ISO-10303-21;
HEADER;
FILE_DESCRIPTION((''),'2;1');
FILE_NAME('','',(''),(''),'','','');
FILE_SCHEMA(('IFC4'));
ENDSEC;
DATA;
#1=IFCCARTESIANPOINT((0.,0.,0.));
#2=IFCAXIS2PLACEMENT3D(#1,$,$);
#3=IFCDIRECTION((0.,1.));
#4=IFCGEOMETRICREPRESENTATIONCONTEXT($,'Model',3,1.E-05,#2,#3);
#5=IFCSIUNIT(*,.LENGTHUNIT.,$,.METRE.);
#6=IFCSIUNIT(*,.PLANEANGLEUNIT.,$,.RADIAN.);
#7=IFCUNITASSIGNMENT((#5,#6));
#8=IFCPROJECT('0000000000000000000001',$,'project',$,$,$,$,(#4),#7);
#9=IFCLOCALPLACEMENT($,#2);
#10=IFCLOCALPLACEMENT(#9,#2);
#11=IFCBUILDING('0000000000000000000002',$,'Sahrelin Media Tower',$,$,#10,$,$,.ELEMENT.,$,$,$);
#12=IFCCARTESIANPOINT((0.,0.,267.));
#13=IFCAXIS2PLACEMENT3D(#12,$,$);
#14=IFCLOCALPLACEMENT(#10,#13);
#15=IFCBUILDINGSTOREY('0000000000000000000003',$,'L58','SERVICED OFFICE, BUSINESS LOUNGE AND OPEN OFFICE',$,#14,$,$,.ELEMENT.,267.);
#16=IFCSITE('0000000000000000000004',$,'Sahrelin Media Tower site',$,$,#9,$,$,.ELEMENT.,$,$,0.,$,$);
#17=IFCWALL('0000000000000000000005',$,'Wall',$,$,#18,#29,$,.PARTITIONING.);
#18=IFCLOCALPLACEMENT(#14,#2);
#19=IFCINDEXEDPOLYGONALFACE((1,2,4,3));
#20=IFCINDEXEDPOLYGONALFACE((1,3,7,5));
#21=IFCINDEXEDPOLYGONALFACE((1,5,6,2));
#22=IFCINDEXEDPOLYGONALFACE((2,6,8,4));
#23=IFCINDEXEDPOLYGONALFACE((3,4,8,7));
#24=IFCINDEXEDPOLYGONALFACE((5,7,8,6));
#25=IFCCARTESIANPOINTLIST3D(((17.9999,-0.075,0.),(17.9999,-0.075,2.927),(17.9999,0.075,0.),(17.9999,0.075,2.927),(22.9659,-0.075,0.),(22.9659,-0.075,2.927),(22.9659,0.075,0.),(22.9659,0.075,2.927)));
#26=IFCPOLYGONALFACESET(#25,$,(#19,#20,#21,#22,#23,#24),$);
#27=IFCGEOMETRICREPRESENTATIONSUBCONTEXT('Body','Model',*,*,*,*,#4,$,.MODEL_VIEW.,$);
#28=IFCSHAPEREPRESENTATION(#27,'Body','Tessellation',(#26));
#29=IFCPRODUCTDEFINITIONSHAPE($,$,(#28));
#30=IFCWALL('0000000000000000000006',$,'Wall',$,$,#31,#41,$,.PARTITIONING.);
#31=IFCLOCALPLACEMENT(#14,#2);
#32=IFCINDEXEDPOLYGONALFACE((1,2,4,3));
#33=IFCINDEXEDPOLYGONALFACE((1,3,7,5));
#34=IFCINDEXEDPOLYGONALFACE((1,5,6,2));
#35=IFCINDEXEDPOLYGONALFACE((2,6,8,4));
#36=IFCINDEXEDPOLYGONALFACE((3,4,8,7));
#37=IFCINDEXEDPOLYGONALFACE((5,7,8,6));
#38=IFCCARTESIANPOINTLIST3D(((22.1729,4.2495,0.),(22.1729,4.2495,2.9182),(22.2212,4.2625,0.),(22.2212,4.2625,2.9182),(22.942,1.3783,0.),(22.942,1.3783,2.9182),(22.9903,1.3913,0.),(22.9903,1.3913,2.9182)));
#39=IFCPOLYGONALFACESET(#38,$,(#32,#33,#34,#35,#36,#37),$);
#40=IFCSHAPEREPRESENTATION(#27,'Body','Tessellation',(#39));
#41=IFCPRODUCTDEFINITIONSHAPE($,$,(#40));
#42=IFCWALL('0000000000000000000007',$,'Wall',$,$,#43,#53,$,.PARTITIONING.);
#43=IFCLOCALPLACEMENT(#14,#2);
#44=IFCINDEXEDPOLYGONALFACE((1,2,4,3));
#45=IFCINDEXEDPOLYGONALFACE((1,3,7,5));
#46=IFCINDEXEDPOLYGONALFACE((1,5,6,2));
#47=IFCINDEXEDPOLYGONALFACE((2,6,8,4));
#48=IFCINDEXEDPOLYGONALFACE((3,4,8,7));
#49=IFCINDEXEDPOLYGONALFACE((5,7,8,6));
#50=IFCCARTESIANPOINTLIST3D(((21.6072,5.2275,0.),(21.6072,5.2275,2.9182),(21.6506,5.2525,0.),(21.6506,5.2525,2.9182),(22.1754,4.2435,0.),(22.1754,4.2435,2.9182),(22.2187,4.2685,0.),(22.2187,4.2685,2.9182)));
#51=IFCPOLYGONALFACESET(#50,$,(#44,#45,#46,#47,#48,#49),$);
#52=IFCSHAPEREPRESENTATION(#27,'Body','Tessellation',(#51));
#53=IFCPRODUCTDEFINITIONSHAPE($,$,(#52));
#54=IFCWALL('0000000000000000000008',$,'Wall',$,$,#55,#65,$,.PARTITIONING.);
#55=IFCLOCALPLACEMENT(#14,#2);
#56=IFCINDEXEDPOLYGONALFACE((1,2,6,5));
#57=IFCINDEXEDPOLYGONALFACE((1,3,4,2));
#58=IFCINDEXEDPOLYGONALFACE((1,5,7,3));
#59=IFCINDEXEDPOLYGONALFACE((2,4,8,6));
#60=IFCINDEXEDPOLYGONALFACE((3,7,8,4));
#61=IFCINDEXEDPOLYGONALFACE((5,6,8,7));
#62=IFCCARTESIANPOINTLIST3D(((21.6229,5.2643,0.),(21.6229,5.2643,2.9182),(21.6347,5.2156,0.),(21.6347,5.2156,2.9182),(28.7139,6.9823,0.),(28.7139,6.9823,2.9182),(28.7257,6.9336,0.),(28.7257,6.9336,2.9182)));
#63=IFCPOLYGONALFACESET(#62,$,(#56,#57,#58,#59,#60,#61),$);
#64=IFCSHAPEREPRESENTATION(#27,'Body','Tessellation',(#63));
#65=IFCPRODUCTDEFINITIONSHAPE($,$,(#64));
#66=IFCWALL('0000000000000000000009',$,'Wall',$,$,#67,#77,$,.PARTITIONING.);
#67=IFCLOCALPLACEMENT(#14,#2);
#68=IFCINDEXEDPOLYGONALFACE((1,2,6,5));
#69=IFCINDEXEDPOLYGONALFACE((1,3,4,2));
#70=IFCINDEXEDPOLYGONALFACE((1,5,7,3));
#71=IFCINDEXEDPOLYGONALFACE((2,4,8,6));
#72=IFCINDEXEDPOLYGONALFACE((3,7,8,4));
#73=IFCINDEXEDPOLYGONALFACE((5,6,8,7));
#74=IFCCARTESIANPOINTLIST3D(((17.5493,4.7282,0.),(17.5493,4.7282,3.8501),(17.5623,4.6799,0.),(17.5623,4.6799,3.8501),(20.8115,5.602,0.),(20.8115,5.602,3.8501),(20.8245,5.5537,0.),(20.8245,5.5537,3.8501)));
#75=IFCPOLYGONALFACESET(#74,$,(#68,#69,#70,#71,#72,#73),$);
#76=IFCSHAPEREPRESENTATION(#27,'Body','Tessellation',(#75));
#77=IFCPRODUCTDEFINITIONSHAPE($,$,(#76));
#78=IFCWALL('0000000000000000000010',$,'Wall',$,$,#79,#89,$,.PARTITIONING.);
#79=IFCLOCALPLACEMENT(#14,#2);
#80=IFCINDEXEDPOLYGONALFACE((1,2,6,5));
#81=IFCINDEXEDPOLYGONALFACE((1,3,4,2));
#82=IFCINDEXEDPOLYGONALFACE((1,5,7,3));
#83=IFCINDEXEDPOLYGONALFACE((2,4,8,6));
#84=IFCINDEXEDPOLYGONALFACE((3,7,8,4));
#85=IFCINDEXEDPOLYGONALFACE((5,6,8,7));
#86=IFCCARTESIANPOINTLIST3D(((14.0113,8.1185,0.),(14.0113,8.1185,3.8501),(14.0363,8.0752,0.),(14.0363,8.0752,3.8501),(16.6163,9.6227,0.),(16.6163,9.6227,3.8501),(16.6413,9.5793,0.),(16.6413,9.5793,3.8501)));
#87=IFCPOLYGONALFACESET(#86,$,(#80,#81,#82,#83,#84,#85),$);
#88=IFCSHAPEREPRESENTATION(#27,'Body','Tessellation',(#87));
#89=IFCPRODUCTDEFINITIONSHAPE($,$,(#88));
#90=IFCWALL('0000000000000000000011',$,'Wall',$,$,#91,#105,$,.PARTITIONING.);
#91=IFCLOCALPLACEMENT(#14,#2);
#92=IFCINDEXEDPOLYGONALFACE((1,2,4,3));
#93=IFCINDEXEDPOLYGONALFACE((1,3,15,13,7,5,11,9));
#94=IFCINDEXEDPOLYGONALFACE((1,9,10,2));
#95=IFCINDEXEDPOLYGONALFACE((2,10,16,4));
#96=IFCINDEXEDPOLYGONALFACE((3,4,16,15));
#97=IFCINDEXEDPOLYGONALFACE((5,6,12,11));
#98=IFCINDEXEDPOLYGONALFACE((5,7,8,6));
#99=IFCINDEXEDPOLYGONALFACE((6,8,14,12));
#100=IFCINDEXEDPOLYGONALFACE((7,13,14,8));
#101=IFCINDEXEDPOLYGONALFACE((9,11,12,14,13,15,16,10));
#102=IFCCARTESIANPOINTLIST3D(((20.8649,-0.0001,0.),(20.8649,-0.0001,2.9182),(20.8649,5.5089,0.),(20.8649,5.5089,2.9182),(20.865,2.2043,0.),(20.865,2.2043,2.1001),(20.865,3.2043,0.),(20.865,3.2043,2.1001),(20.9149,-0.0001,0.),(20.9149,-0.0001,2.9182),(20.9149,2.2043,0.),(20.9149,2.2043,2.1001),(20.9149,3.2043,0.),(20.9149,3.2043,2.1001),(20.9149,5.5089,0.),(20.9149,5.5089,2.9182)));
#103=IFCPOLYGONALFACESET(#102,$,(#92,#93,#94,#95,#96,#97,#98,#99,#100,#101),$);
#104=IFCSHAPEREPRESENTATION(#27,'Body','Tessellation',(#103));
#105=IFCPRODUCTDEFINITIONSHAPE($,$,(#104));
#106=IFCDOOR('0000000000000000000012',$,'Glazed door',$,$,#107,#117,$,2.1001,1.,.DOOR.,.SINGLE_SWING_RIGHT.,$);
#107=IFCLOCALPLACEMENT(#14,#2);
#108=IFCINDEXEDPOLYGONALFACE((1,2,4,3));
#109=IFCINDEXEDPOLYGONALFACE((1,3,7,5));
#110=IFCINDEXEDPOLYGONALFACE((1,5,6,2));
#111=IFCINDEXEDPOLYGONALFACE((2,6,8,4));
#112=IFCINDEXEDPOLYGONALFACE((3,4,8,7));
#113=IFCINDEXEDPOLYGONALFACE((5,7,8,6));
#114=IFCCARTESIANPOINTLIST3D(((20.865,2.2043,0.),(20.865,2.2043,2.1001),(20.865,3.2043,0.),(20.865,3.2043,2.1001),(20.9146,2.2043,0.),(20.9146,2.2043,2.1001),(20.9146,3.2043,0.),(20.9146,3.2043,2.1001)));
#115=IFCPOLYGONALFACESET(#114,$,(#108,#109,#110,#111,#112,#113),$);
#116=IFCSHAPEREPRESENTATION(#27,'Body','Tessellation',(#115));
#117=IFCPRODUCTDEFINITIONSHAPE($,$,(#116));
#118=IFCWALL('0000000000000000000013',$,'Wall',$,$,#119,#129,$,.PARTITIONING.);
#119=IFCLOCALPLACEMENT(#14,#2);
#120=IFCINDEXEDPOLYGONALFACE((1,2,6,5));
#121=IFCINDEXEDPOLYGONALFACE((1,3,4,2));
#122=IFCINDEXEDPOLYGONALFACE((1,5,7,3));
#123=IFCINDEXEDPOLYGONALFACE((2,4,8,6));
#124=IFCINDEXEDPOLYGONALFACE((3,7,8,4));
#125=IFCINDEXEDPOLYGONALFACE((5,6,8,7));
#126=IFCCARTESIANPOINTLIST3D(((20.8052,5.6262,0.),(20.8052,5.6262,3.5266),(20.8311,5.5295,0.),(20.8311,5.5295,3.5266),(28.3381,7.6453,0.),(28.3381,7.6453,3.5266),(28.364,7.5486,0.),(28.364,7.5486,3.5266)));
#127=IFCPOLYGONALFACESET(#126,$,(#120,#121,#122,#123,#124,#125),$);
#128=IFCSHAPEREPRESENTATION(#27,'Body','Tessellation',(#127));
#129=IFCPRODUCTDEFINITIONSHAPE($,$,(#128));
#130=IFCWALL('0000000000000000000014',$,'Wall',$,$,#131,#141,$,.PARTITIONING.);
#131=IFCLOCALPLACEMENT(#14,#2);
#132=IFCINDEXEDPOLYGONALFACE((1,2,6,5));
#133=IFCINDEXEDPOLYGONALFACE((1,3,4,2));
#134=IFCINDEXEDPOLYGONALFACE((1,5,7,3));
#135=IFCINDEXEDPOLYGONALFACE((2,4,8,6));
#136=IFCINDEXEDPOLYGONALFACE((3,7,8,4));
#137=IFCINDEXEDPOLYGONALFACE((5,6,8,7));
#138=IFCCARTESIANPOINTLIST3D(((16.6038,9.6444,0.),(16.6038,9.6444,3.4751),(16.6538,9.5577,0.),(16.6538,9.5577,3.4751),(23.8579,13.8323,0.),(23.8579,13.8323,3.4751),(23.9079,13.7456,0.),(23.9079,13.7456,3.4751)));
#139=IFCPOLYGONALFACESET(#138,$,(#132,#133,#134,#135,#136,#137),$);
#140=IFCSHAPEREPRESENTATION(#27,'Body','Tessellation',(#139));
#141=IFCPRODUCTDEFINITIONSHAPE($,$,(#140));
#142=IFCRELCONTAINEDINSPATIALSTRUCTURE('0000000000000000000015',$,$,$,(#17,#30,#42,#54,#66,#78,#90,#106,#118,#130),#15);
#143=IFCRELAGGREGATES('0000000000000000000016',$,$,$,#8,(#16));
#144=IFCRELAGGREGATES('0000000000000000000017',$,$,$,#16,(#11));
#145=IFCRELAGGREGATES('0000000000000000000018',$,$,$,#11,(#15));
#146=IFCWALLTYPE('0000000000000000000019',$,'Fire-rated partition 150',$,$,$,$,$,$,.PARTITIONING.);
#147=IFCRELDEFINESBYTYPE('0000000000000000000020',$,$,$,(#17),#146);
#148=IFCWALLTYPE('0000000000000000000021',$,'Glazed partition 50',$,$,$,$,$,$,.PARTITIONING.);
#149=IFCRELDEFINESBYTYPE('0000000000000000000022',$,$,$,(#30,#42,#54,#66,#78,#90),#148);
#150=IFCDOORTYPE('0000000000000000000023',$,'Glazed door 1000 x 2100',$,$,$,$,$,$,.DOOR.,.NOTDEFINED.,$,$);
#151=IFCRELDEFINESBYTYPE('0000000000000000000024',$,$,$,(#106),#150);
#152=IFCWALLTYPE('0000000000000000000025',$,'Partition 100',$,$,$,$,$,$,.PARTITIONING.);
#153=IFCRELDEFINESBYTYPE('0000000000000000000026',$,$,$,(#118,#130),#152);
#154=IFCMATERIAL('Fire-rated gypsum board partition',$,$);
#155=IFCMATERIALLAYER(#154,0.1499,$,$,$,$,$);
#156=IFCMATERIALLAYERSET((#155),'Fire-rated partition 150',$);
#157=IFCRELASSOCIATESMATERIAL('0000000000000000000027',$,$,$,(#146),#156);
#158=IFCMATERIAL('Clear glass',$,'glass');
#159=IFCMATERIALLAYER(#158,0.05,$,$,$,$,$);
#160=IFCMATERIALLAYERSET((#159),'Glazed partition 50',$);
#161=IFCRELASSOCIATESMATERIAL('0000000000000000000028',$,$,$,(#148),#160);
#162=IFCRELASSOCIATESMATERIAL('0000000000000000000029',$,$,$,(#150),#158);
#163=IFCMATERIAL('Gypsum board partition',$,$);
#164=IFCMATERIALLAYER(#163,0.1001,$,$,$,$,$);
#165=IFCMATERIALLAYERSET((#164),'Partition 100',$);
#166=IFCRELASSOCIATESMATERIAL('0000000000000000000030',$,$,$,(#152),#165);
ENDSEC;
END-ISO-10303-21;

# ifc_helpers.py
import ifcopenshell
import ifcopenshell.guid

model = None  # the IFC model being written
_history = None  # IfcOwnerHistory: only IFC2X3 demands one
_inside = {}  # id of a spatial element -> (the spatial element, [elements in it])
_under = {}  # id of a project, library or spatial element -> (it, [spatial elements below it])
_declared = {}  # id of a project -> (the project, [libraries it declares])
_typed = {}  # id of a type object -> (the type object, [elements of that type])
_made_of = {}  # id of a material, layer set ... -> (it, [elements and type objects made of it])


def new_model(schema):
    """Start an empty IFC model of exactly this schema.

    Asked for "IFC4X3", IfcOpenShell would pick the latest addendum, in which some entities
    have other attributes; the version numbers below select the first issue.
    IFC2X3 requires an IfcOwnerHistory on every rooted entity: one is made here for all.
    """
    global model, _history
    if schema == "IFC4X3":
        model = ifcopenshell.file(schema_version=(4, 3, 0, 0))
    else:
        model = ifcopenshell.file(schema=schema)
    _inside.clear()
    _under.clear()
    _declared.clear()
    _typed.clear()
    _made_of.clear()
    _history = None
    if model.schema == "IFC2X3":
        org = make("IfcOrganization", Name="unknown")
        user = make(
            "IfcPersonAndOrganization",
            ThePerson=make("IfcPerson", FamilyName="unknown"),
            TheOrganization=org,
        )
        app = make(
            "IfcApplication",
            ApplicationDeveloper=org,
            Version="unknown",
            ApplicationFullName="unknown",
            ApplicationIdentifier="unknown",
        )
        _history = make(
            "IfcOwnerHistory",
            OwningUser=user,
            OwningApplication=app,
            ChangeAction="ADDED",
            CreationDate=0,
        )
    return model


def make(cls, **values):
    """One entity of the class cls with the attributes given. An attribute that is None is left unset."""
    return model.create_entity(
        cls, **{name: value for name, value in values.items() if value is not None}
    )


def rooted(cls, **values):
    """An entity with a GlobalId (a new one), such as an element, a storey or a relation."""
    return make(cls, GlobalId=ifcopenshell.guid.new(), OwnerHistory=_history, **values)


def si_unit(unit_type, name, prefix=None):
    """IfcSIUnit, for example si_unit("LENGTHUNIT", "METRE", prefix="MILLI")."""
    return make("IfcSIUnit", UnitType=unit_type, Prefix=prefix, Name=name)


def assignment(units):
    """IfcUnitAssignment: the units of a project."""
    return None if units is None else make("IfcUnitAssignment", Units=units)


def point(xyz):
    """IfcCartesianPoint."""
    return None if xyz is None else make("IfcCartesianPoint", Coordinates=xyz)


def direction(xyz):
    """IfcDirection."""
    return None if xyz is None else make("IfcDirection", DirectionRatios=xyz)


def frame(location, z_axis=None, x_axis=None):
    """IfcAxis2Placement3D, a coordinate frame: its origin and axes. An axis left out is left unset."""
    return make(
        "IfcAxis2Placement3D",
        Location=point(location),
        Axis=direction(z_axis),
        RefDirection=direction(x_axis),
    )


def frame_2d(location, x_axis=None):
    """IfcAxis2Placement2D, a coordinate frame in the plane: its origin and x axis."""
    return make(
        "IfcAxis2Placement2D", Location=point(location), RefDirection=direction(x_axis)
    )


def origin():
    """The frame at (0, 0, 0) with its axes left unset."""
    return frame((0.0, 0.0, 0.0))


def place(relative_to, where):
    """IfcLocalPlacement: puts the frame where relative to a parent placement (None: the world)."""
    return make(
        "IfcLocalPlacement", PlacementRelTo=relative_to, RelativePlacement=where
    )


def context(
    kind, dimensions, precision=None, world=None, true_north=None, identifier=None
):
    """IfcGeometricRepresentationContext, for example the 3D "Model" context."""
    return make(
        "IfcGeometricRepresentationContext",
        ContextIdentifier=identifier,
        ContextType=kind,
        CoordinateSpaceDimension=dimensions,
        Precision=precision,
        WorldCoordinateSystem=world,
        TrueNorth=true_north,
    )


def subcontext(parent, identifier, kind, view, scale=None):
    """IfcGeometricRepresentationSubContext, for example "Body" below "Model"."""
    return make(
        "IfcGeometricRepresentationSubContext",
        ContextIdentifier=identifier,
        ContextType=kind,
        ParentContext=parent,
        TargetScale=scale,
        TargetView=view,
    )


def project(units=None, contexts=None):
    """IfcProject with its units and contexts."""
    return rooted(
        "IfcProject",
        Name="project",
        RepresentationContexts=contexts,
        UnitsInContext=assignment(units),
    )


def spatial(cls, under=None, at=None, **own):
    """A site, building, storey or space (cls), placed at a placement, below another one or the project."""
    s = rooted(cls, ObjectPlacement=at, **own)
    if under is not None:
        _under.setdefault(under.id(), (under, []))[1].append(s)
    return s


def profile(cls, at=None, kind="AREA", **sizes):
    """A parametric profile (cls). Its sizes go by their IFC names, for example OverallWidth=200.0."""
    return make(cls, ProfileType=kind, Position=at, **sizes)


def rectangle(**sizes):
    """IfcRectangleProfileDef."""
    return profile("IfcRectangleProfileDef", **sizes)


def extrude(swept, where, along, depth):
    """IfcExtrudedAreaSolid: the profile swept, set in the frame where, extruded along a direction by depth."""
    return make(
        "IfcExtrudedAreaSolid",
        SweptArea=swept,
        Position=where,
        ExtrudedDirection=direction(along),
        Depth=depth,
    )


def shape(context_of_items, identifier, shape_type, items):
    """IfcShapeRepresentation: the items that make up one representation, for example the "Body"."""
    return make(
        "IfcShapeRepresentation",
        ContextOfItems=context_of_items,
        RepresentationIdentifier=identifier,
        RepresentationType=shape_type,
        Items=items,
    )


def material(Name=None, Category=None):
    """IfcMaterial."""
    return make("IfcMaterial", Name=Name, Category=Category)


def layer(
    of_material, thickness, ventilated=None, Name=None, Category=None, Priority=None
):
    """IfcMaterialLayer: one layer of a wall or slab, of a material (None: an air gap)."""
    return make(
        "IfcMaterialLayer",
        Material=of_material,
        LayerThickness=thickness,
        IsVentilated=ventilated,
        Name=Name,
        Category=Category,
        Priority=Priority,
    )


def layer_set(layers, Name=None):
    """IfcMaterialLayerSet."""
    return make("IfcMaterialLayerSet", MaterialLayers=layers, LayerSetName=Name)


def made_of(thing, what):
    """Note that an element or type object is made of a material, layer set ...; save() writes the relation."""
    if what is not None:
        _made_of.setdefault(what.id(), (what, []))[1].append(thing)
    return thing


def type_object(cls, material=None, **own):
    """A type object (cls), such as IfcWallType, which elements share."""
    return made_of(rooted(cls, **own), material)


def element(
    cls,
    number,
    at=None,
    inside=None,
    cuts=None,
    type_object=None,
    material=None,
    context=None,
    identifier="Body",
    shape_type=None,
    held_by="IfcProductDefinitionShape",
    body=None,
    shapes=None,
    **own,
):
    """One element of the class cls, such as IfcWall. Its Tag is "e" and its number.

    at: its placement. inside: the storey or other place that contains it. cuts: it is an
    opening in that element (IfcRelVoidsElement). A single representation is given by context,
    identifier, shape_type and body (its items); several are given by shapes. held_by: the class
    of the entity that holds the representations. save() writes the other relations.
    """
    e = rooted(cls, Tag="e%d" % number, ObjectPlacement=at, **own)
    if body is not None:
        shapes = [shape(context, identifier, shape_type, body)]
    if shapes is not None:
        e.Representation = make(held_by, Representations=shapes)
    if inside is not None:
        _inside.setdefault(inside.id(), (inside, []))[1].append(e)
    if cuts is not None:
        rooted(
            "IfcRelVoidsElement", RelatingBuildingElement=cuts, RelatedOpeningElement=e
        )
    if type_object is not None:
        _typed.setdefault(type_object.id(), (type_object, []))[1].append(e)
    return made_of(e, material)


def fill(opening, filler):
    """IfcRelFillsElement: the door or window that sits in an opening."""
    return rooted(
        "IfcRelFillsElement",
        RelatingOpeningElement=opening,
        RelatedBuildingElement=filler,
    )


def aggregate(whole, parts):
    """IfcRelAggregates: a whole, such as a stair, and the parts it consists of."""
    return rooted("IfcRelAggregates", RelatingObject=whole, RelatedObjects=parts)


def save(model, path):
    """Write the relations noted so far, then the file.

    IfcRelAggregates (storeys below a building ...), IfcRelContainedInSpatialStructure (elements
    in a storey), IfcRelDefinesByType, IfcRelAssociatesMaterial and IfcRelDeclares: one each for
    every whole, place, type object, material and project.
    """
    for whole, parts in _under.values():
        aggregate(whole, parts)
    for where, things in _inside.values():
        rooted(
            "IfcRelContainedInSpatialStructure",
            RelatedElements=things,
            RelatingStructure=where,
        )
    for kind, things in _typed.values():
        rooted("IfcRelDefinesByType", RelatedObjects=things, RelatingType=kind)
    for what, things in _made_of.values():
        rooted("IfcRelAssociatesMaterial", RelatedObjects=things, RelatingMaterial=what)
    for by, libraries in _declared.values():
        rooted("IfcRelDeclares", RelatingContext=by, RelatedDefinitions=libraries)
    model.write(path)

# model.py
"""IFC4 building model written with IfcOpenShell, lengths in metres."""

from ifc_helpers import new_model, si_unit, direction, frame, frame_2d, origin, place, context, subcontext, project, spatial, rectangle, extrude, material, layer, layer_set, type_object, element, fill, save


model = new_model("IFC4")

# Units and contexts
model_context = context("Model", 3, precision=1e-05, world=origin(), true_north=direction((0.0, 1.0)))
body_context = subcontext(model_context, "Body", "Model", "MODEL_VIEW")
ifc_project = project(units=[si_unit("LENGTHUNIT", "METRE"), si_unit("PLANEANGLEUNIT", "RADIAN")], contexts=[model_context])

# Site, building, storey
site_placement = place(None, origin())
site = spatial("IfcSite", under=ifc_project, at=site_placement, Name="Sahrelin Media Tower site", CompositionType="ELEMENT", RefElevation=0.0)
building_placement = place(site_placement, origin())
building = spatial("IfcBuilding", under=site, at=building_placement, Name="Sahrelin Media Tower", CompositionType="ELEMENT")
storey_placement = place(building_placement, frame((0.0, 0.0, 267.0)))
storey = spatial("IfcBuildingStorey", under=building, at=storey_placement, Name="L58", Description="SERVICED OFFICE, BUSINESS LOUNGE AND OPEN OFFICE", CompositionType="ELEMENT", Elevation=267.0)

# Walls
ifc_material_1 = material(Name="Fire-rated gypsum board partition")
ifc_layer_1 = layer(ifc_material_1, 0.1499)
ifc_layer_set_1 = layer_set([ifc_layer_1], Name="Fire-rated partition 150")
wall_type_1 = type_object("IfcWallType", Name="Fire-rated partition 150", PredefinedType="PARTITIONING", material=ifc_layer_set_1)
wall_1_placement = place(storey_placement, frame((18.0, 0.0, 0.0), z_axis=(0.0, 0.0, 1.0), x_axis=(1.0, 0.0, 0.0)))
element("IfcWall", 1, at=wall_1_placement, inside=storey, type_object=wall_type_1, Name="Wall", PredefinedType="PARTITIONING", context=body_context, shape_type="SweptSolid", body=[
    extrude(rectangle(XDim=4.9661, YDim=0.1499, at=frame_2d((2.4829, 0.0))), origin(), (0.0, 0.0, 1.0), 2.927),
])
ifc_material_2 = material(Name="Clear glass", Category="glass")
ifc_layer_2 = layer(ifc_material_2, 0.05)
ifc_layer_set_2 = layer_set([ifc_layer_2], Name="Glazed partition 50")
wall_type_2 = type_object("IfcWallType", Name="Glazed partition 50", PredefinedType="PARTITIONING", material=ifc_layer_set_2)
wall_2_placement = place(storey_placement, frame((22.197, 4.2561, 0.0), z_axis=(0.0, 0.0, 1.0), x_axis=(0.258736, -0.965948, 0.0)))
element("IfcWall", 2, at=wall_2_placement, inside=storey, type_object=wall_type_2, Name="Wall", PredefinedType="PARTITIONING", context=body_context, shape_type="SweptSolid", body=[
    extrude(rectangle(XDim=2.9724, YDim=0.05, at=frame_2d((1.4863, 0.0))), origin(), (0.0, 0.0, 1.0), 2.9182),
])
wall_3_placement = place(storey_placement, frame((21.6289, 5.24, 0.0), z_axis=(0.0, 0.0, 1.0), x_axis=(0.500045, -0.865999, 0.0)))
element("IfcWall", 3, at=wall_3_placement, inside=storey, type_object=wall_type_2, Name="Wall", PredefinedType="PARTITIONING", context=body_context, shape_type="SweptSolid", body=[
    extrude(rectangle(XDim=1.1362, YDim=0.05, at=frame_2d((0.5681, 0.0))), origin(), (0.0, 0.0, 1.0), 2.9182),
])
wall_4_placement = place(storey_placement, frame((21.6289, 5.24, 0.0), z_axis=(0.0, 0.0, 1.0), x_axis=(0.971882, 0.235467, 0.0)))
element("IfcWall", 4, at=wall_4_placement, inside=storey, type_object=wall_type_2, Name="Wall", PredefinedType="PARTITIONING", context=body_context, shape_type="SweptSolid", body=[
    extrude(rectangle(XDim=7.2961, YDim=0.05, at=frame_2d((3.6479, 0.0))), origin(), (0.0, 0.0, 1.0), 2.9182),
])
wall_5_placement = place(storey_placement, frame((17.5559, 4.7041, 0.0), z_axis=(0.0, 0.0, 1.0), x_axis=(0.96595, 0.258729, 0.0)))
element("IfcWall", 5, at=wall_5_placement, inside=storey, type_object=wall_type_2, Name="Wall", PredefinedType="PARTITIONING", context=body_context, shape_type="SweptSolid", body=[
    extrude(rectangle(XDim=3.3772, YDim=0.05, at=frame_2d((1.6885, 0.0))), origin(), (0.0, 0.0, 1.0), 3.8501),
])
wall_6_placement = place(storey_placement, frame((14.0239, 8.0969, 0.0), z_axis=(0.0, 0.0, 1.0), x_axis=(0.866002, 0.500041, 0.0)))
element("IfcWall", 6, at=wall_6_placement, inside=storey, type_object=wall_type_2, Name="Wall", PredefinedType="PARTITIONING", context=body_context, shape_type="SweptSolid", body=[
    extrude(rectangle(XDim=3.0081, YDim=0.05, at=frame_2d((1.5039, 0.0))), origin(), (0.0, 0.0, 1.0), 3.8501),
])

# Wall, opening, door
wall_7_placement = place(storey_placement, frame((20.8899, 0.0, 0.0), z_axis=(0.0, 0.0, 1.0), x_axis=(0.0, 1.0, 0.0)))
wall_7 = element("IfcWall", 7, at=wall_7_placement, inside=storey, type_object=wall_type_2, Name="Wall", PredefinedType="PARTITIONING", context=body_context, shape_type="SweptSolid", body=[
    extrude(rectangle(XDim=5.509, YDim=0.05, at=frame_2d((2.7544, 0.0))), origin(), (0.0, 0.0, 1.0), 2.9182),
])
opening_placement = place(wall_7_placement, frame((2.2043, 0.0, 0.0)))
opening = element("IfcOpeningElement", 8, at=opening_placement, cuts=wall_7, PredefinedType="OPENING", context=body_context, shape_type="SweptSolid", body=[
    extrude(rectangle(XDim=1.0, YDim=2.1001, at=frame_2d((0.5, 1.05))), frame((0.0, 0.0249, 0.0), z_axis=(0.0, -1.0, 0.0), x_axis=(1.0, 0.0, 0.0)), (0.0, 0.0, 1.0), 0.05),
])
door_type = type_object("IfcDoorType", Name="Glazed door 1000 x 2100", OperationType="NOTDEFINED", PredefinedType="DOOR", material=ifc_material_2)
door_placement = place(opening_placement, origin())
door = element("IfcDoor", 9, at=door_placement, inside=storey, type_object=door_type, Name="Glazed door", OperationType="SINGLE_SWING_RIGHT", OverallHeight=2.1001, OverallWidth=1.0, PredefinedType="DOOR", context=body_context, shape_type="SweptSolid", body=[
    extrude(rectangle(XDim=1.0, YDim=2.1001, at=frame_2d((0.5, 1.05))), frame((0.0, 0.0249, 0.0), z_axis=(0.0, -1.0, 0.0), x_axis=(1.0, 0.0, 0.0)), (0.0, 0.0, 1.0), 0.0496),
])
fill(opening, door)

# Walls
ifc_material_3 = material(Name="Gypsum board partition")
ifc_layer_3 = layer(ifc_material_3, 0.1001)
ifc_layer_set_3 = layer_set([ifc_layer_3], Name="Partition 100")
wall_type_3 = type_object("IfcWallType", Name="Partition 100", PredefinedType="PARTITIONING", material=ifc_layer_set_3)
wall_8_placement = place(storey_placement, frame((20.8181, 5.5779, 0.0), z_axis=(0.0, 0.0, 1.0), x_axis=(0.965907, 0.25889, 0.0)))
element("IfcWall", 10, at=wall_8_placement, inside=storey, type_object=wall_type_3, Name="Wall", PredefinedType="PARTITIONING", context=body_context, shape_type="SweptSolid", body=[
    extrude(rectangle(XDim=7.7988, YDim=0.1001, at=frame_2d((3.8994, 0.0))), origin(), (0.0, 0.0, 1.0), 3.5266),
])
wall_9_placement = place(storey_placement, frame((16.6289, 9.6011, 0.0), z_axis=(0.0, 0.0, 1.0), x_axis=(0.866036, 0.499982, 0.0)))
element("IfcWall", 11, at=wall_9_placement, inside=storey, type_object=wall_type_3, Name="Wall", PredefinedType="PARTITIONING", context=body_context, shape_type="SweptSolid", body=[
    extrude(rectangle(XDim=8.3762, YDim=0.1001, at=frame_2d((4.188, 0.0))), origin(), (0.0, 0.0, 1.0), 3.4751),
])

save(model, "model.ifc")
